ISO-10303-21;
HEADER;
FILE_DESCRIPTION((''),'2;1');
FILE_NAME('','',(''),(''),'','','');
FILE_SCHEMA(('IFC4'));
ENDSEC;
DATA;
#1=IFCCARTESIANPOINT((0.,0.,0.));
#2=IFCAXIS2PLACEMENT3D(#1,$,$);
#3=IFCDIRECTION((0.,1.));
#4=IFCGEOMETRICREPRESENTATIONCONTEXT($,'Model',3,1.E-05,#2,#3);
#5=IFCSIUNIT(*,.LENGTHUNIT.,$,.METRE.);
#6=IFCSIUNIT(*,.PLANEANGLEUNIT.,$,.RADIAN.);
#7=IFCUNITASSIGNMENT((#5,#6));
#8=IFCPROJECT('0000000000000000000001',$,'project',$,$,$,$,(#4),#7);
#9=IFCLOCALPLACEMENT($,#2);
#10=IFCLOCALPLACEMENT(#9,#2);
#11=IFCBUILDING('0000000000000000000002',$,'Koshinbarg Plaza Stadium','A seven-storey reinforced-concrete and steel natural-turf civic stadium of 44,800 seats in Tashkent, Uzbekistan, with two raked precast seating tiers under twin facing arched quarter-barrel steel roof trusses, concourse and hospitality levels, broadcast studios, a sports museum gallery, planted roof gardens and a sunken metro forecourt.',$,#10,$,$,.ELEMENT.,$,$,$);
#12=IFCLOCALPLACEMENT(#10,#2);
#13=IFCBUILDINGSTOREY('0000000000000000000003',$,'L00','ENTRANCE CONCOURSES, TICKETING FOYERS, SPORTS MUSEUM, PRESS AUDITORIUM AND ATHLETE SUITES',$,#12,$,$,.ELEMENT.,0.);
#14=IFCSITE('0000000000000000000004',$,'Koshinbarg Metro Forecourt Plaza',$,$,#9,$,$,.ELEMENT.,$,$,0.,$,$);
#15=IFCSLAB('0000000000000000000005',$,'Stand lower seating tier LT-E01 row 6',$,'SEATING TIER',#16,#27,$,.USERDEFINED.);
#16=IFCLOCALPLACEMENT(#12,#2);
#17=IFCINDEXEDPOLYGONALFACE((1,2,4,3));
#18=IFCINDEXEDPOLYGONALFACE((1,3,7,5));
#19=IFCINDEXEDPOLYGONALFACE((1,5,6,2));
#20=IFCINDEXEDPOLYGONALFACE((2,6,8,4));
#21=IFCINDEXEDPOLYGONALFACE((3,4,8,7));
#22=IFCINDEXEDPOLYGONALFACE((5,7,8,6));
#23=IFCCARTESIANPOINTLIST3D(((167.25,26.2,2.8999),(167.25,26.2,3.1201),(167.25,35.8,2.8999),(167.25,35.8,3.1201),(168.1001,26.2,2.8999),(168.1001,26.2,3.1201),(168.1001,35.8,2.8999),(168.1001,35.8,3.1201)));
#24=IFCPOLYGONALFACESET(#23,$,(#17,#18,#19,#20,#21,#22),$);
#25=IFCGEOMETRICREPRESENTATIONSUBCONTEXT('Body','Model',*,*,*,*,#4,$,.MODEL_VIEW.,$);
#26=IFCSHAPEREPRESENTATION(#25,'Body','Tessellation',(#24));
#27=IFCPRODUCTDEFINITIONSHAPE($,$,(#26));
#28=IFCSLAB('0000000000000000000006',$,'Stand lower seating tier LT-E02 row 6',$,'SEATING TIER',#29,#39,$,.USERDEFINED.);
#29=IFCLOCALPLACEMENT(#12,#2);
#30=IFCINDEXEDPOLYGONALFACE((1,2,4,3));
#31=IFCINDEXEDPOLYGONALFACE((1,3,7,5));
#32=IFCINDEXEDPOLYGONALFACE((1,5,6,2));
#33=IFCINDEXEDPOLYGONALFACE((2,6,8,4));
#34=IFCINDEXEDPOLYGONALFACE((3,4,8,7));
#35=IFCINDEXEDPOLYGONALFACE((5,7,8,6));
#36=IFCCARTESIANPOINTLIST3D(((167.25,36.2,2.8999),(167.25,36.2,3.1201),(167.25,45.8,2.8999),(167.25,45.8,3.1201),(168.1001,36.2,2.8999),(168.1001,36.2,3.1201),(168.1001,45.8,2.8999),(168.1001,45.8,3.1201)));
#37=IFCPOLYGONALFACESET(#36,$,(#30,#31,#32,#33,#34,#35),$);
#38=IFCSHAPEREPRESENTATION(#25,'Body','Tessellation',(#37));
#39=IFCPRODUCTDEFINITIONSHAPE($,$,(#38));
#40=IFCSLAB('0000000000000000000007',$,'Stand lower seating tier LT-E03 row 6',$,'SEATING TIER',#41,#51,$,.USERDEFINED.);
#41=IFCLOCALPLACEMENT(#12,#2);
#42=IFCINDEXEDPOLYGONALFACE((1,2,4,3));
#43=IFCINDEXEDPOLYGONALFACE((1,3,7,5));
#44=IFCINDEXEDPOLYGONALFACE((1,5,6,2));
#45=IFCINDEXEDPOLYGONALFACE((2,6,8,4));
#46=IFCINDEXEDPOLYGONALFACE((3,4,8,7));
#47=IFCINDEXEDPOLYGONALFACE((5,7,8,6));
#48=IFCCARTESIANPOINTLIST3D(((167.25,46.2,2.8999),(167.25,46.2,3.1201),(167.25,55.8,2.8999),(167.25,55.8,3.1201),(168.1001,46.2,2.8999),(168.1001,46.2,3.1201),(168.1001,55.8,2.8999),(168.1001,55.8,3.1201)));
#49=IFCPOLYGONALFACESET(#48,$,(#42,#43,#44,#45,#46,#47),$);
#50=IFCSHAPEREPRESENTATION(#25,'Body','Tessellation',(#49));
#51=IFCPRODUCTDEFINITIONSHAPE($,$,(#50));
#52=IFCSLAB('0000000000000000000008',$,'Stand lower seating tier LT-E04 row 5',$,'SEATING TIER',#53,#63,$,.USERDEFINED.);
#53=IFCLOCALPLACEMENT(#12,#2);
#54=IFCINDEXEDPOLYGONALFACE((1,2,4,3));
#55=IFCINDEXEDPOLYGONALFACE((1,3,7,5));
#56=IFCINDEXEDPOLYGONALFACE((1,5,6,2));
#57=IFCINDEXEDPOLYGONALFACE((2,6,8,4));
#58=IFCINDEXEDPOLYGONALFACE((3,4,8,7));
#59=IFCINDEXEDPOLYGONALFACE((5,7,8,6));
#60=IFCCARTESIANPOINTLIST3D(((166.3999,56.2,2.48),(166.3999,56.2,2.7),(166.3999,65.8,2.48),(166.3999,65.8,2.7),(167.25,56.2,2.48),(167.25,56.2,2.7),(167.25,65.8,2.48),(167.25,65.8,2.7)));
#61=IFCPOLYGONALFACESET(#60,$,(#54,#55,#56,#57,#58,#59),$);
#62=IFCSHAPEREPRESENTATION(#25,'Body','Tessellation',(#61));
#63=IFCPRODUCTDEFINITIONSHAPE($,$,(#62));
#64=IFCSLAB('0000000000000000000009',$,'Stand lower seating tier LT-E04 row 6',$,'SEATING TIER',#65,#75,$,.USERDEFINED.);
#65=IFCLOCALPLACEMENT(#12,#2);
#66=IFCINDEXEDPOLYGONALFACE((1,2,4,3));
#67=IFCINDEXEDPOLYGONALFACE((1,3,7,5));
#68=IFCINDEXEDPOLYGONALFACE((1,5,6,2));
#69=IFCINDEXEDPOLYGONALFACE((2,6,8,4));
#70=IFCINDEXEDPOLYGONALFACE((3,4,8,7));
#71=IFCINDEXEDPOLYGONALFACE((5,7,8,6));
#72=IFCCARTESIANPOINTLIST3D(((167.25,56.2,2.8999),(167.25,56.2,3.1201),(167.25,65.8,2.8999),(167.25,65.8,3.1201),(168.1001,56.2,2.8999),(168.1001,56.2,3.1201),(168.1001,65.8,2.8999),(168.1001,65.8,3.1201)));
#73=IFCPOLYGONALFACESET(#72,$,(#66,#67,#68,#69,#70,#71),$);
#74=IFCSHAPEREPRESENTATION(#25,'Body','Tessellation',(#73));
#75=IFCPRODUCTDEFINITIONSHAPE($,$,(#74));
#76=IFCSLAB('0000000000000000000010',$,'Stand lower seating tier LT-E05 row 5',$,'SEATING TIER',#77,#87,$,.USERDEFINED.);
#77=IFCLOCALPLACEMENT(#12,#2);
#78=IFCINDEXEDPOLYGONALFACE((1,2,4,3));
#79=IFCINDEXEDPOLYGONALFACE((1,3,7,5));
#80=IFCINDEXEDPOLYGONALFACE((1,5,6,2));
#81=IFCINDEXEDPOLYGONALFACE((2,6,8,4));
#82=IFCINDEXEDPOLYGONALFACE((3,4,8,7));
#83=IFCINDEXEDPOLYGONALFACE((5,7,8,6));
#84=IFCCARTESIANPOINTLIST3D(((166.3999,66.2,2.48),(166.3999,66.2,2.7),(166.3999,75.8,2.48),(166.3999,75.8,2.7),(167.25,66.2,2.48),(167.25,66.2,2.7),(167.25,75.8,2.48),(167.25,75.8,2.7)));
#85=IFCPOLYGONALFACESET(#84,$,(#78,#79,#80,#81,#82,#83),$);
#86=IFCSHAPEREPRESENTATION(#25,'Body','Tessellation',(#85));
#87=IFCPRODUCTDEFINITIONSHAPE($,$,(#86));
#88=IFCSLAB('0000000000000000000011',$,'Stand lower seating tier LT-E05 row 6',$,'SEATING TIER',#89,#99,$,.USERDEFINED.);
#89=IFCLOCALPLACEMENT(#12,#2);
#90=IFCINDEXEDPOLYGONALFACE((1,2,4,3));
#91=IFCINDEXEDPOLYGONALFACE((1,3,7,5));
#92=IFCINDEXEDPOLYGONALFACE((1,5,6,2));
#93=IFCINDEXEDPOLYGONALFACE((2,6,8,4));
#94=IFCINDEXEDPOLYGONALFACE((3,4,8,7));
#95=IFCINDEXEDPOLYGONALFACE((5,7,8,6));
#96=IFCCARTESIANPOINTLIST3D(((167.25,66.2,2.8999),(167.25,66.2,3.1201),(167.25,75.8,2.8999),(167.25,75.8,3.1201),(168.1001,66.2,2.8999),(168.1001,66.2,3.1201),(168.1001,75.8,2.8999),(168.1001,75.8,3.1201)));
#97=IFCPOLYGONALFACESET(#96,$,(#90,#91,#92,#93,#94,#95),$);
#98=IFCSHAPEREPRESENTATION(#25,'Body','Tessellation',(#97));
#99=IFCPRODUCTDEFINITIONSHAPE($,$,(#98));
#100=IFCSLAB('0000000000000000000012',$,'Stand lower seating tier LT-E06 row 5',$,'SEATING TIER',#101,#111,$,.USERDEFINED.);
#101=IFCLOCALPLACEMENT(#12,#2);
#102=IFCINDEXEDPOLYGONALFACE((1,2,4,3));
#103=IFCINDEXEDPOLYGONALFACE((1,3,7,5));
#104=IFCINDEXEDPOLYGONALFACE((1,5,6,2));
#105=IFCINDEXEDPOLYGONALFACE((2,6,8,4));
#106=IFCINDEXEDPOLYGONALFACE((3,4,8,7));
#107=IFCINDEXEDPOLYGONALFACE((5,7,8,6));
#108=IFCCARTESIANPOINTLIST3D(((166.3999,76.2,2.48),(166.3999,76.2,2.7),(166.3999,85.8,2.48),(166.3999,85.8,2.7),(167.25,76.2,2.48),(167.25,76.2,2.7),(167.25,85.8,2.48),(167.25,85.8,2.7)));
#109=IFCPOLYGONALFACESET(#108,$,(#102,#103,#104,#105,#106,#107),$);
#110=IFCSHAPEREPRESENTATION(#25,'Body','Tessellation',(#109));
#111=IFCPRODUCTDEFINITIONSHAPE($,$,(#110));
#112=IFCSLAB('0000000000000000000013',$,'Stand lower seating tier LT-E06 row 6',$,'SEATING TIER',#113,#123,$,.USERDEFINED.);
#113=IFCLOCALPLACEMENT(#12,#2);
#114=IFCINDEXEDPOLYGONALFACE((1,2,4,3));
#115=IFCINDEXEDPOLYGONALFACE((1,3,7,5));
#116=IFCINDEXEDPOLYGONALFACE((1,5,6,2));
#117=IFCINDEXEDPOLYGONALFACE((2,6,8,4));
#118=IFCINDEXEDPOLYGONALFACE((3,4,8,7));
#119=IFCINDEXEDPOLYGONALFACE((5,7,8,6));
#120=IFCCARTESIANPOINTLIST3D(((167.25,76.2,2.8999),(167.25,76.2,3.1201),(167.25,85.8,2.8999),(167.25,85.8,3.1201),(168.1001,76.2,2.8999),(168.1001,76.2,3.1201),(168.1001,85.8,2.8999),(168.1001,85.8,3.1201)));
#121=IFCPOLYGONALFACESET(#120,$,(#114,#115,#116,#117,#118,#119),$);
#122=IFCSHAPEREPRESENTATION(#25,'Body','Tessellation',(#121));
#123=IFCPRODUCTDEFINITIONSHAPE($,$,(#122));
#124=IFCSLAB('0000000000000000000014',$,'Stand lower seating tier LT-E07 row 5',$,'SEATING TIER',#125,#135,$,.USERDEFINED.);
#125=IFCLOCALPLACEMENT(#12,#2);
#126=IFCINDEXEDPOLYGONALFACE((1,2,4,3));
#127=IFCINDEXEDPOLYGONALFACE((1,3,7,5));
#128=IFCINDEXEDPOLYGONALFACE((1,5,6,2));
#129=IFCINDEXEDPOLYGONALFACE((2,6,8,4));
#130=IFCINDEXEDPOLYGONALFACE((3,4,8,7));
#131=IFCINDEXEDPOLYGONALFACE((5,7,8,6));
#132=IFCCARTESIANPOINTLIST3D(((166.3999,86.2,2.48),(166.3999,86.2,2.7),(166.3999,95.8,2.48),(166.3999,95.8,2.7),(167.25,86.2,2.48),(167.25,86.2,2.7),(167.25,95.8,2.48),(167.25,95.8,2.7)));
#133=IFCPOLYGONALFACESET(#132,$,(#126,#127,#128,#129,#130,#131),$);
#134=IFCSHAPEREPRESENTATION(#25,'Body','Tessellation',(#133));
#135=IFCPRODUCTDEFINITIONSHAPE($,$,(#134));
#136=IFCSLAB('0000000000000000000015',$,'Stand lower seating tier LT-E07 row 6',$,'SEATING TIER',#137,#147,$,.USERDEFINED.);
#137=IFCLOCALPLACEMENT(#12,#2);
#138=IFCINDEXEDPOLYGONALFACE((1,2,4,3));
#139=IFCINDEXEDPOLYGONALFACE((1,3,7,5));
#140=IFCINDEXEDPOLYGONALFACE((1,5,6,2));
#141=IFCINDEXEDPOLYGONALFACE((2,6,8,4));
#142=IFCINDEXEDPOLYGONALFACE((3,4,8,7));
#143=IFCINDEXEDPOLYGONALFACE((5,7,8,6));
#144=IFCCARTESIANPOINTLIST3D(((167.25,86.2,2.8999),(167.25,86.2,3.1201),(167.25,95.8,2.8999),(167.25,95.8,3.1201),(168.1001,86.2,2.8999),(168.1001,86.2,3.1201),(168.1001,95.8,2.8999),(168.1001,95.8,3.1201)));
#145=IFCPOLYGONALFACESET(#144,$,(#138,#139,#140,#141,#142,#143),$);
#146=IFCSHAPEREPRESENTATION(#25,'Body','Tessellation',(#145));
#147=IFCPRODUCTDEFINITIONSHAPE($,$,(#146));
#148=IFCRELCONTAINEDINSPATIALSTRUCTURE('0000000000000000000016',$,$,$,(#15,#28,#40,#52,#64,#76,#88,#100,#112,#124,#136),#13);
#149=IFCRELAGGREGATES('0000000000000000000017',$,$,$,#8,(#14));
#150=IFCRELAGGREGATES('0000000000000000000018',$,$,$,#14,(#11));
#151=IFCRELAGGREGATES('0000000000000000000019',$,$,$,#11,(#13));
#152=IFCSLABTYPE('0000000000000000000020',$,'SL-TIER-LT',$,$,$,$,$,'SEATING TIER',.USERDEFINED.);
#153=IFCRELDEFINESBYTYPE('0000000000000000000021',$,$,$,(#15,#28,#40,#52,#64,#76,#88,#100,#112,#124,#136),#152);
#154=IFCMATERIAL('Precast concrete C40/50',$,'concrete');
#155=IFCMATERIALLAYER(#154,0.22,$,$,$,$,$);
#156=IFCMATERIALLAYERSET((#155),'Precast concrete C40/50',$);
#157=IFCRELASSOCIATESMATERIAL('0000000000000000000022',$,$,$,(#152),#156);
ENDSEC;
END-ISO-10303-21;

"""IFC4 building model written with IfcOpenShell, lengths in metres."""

from ifc_helpers import new_model, si_unit, direction, frame, origin, place, context, subcontext, project, spatial, polyline, outline, extrude, material, layer, layer_set, type_object, element, save


model = new_model("IFC4")

# Units and contexts
model_context = context("Model", 3, precision=1e-05, world=origin(), true_north=direction((0.0, 1.0)))
body_context = subcontext(model_context, "Body", "Model", "MODEL_VIEW")
ifc_project = project(units=[si_unit("LENGTHUNIT", "METRE"), si_unit("PLANEANGLEUNIT", "RADIAN")], contexts=[model_context])

# Site, building, storey
site_placement = place(None, origin())
site = spatial("IfcSite", under=ifc_project, at=site_placement, Name="Koshinbarg Metro Forecourt Plaza", CompositionType="ELEMENT", RefElevation=0.0)
building_placement = place(site_placement, origin())
building = spatial("IfcBuilding", under=site, at=building_placement, Name="Koshinbarg Plaza Stadium", Description="A seven-storey reinforced-concrete and steel natural-turf civic stadium of 44,800 seats in Tashkent, Uzbekistan, with two raked precast seating tiers under twin facing arched quarter-barrel steel roof trusses, concourse and hospitality levels, broadcast studios, a sports museum gallery, planted roof gardens and a sunken metro forecourt.", CompositionType="ELEMENT")
storey_placement = place(building_placement, origin())
storey = spatial("IfcBuildingStorey", under=building, at=storey_placement, Name="L00", Description="ENTRANCE CONCOURSES, TICKETING FOYERS, SPORTS MUSEUM, PRESS AUDITORIUM AND ATHLETE SUITES", CompositionType="ELEMENT", Elevation=0.0)

# Slabs
ifc_material = material(Name="Precast concrete C40/50", Category="concrete")
ifc_layer = layer(ifc_material, 0.22)
ifc_layer_set = layer_set([ifc_layer], Name="Precast concrete C40/50")
slab_type = type_object("IfcSlabType", Name="SL-TIER-LT", ElementType="SEATING TIER", PredefinedType="USERDEFINED", material=ifc_layer_set)
slab_1_placement = place(storey_placement, frame((0.0, 0.0, 2.8999)))
element("IfcSlab", 1, at=slab_1_placement, inside=storey, type_object=slab_type, Name="Stand lower seating tier LT-E01 row 6", ObjectType="SEATING TIER", PredefinedType="USERDEFINED", context=body_context, shape_type="SweptSolid", body=[
    extrude(outline(polyline([(167.25, 26.2), (168.1001, 26.2), (168.1001, 35.8), (167.25, 35.8), (167.25, 26.2)])), origin(), (0.0, 0.0, 1.0), 0.2202),
])
slab_2_placement = place(storey_placement, frame((0.0, 0.0, 2.8999)))
element("IfcSlab", 2, at=slab_2_placement, inside=storey, type_object=slab_type, Name="Stand lower seating tier LT-E02 row 6", ObjectType="SEATING TIER", PredefinedType="USERDEFINED", context=body_context, shape_type="SweptSolid", body=[
    extrude(outline(polyline([(167.25, 36.2), (168.1001, 36.2), (168.1001, 45.8), (167.25, 45.8), (167.25, 36.2)])), origin(), (0.0, 0.0, 1.0), 0.2202),
])
slab_3_placement = place(storey_placement, frame((0.0, 0.0, 2.8999)))
element("IfcSlab", 3, at=slab_3_placement, inside=storey, type_object=slab_type, Name="Stand lower seating tier LT-E03 row 6", ObjectType="SEATING TIER", PredefinedType="USERDEFINED", context=body_context, shape_type="SweptSolid", body=[
    extrude(outline(polyline([(167.25, 46.2), (168.1001, 46.2), (168.1001, 55.8), (167.25, 55.8), (167.25, 46.2)])), origin(), (0.0, 0.0, 1.0), 0.2202),
])
slab_4_placement = place(storey_placement, frame((0.0, 0.0, 2.48)))
element("IfcSlab", 4, at=slab_4_placement, inside=storey, type_object=slab_type, Name="Stand lower seating tier LT-E04 row 5", ObjectType="SEATING TIER", PredefinedType="USERDEFINED", context=body_context, shape_type="SweptSolid", body=[
    extrude(outline(polyline([(166.3999, 56.2), (167.25, 56.2), (167.25, 65.8), (166.3999, 65.8), (166.3999, 56.2)])), origin(), (0.0, 0.0, 1.0), 0.22),
])
slab_5_placement = place(storey_placement, frame((0.0, 0.0, 2.8999)))
element("IfcSlab", 5, at=slab_5_placement, inside=storey, type_object=slab_type, Name="Stand lower seating tier LT-E04 row 6", ObjectType="SEATING TIER", PredefinedType="USERDEFINED", context=body_context, shape_type="SweptSolid", body=[
    extrude(outline(polyline([(167.25, 56.2), (168.1001, 56.2), (168.1001, 65.8), (167.25, 65.8), (167.25, 56.2)])), origin(), (0.0, 0.0, 1.0), 0.2202),
])
slab_6_placement = place(storey_placement, frame((0.0, 0.0, 2.48)))
element("IfcSlab", 6, at=slab_6_placement, inside=storey, type_object=slab_type, Name="Stand lower seating tier LT-E05 row 5", ObjectType="SEATING TIER", PredefinedType="USERDEFINED", context=body_context, shape_type="SweptSolid", body=[
    extrude(outline(polyline([(166.3999, 66.2), (167.25, 66.2), (167.25, 75.8), (166.3999, 75.8), (166.3999, 66.2)])), origin(), (0.0, 0.0, 1.0), 0.22),
])
slab_7_placement = place(storey_placement, frame((0.0, 0.0, 2.8999)))
element("IfcSlab", 7, at=slab_7_placement, inside=storey, type_object=slab_type, Name="Stand lower seating tier LT-E05 row 6", ObjectType="SEATING TIER", PredefinedType="USERDEFINED", context=body_context, shape_type="SweptSolid", body=[
    extrude(outline(polyline([(167.25, 66.2), (168.1001, 66.2), (168.1001, 75.8), (167.25, 75.8), (167.25, 66.2)])), origin(), (0.0, 0.0, 1.0), 0.2202),
])
slab_8_placement = place(storey_placement, frame((0.0, 0.0, 2.48)))
element("IfcSlab", 8, at=slab_8_placement, inside=storey, type_object=slab_type, Name="Stand lower seating tier LT-E06 row 5", ObjectType="SEATING TIER", PredefinedType="USERDEFINED", context=body_context, shape_type="SweptSolid", body=[
    extrude(outline(polyline([(166.3999, 76.2), (167.25, 76.2), (167.25, 85.8), (166.3999, 85.8), (166.3999, 76.2)])), origin(), (0.0, 0.0, 1.0), 0.22),
])
slab_9_placement = place(storey_placement, frame((0.0, 0.0, 2.8999)))
element("IfcSlab", 9, at=slab_9_placement, inside=storey, type_object=slab_type, Name="Stand lower seating tier LT-E06 row 6", ObjectType="SEATING TIER", PredefinedType="USERDEFINED", context=body_context, shape_type="SweptSolid", body=[
    extrude(outline(polyline([(167.25, 76.2), (168.1001, 76.2), (168.1001, 85.8), (167.25, 85.8), (167.25, 76.2)])), origin(), (0.0, 0.0, 1.0), 0.2202),
])
slab_10_placement = place(storey_placement, frame((0.0, 0.0, 2.48)))
element("IfcSlab", 10, at=slab_10_placement, inside=storey, type_object=slab_type, Name="Stand lower seating tier LT-E07 row 5", ObjectType="SEATING TIER", PredefinedType="USERDEFINED", context=body_context, shape_type="SweptSolid", body=[
    extrude(outline(polyline([(166.3999, 86.2), (167.25, 86.2), (167.25, 95.8), (166.3999, 95.8), (166.3999, 86.2)])), origin(), (0.0, 0.0, 1.0), 0.22),
])
slab_11_placement = place(storey_placement, frame((0.0, 0.0, 2.8999)))
element("IfcSlab", 11, at=slab_11_placement, inside=storey, type_object=slab_type, Name="Stand lower seating tier LT-E07 row 6", ObjectType="SEATING TIER", PredefinedType="USERDEFINED", context=body_context, shape_type="SweptSolid", body=[
    extrude(outline(polyline([(167.25, 86.2), (168.1001, 86.2), (168.1001, 95.8), (167.25, 95.8), (167.25, 86.2)])), origin(), (0.0, 0.0, 1.0), 0.2202),
])

save(model, "model.ifc")
